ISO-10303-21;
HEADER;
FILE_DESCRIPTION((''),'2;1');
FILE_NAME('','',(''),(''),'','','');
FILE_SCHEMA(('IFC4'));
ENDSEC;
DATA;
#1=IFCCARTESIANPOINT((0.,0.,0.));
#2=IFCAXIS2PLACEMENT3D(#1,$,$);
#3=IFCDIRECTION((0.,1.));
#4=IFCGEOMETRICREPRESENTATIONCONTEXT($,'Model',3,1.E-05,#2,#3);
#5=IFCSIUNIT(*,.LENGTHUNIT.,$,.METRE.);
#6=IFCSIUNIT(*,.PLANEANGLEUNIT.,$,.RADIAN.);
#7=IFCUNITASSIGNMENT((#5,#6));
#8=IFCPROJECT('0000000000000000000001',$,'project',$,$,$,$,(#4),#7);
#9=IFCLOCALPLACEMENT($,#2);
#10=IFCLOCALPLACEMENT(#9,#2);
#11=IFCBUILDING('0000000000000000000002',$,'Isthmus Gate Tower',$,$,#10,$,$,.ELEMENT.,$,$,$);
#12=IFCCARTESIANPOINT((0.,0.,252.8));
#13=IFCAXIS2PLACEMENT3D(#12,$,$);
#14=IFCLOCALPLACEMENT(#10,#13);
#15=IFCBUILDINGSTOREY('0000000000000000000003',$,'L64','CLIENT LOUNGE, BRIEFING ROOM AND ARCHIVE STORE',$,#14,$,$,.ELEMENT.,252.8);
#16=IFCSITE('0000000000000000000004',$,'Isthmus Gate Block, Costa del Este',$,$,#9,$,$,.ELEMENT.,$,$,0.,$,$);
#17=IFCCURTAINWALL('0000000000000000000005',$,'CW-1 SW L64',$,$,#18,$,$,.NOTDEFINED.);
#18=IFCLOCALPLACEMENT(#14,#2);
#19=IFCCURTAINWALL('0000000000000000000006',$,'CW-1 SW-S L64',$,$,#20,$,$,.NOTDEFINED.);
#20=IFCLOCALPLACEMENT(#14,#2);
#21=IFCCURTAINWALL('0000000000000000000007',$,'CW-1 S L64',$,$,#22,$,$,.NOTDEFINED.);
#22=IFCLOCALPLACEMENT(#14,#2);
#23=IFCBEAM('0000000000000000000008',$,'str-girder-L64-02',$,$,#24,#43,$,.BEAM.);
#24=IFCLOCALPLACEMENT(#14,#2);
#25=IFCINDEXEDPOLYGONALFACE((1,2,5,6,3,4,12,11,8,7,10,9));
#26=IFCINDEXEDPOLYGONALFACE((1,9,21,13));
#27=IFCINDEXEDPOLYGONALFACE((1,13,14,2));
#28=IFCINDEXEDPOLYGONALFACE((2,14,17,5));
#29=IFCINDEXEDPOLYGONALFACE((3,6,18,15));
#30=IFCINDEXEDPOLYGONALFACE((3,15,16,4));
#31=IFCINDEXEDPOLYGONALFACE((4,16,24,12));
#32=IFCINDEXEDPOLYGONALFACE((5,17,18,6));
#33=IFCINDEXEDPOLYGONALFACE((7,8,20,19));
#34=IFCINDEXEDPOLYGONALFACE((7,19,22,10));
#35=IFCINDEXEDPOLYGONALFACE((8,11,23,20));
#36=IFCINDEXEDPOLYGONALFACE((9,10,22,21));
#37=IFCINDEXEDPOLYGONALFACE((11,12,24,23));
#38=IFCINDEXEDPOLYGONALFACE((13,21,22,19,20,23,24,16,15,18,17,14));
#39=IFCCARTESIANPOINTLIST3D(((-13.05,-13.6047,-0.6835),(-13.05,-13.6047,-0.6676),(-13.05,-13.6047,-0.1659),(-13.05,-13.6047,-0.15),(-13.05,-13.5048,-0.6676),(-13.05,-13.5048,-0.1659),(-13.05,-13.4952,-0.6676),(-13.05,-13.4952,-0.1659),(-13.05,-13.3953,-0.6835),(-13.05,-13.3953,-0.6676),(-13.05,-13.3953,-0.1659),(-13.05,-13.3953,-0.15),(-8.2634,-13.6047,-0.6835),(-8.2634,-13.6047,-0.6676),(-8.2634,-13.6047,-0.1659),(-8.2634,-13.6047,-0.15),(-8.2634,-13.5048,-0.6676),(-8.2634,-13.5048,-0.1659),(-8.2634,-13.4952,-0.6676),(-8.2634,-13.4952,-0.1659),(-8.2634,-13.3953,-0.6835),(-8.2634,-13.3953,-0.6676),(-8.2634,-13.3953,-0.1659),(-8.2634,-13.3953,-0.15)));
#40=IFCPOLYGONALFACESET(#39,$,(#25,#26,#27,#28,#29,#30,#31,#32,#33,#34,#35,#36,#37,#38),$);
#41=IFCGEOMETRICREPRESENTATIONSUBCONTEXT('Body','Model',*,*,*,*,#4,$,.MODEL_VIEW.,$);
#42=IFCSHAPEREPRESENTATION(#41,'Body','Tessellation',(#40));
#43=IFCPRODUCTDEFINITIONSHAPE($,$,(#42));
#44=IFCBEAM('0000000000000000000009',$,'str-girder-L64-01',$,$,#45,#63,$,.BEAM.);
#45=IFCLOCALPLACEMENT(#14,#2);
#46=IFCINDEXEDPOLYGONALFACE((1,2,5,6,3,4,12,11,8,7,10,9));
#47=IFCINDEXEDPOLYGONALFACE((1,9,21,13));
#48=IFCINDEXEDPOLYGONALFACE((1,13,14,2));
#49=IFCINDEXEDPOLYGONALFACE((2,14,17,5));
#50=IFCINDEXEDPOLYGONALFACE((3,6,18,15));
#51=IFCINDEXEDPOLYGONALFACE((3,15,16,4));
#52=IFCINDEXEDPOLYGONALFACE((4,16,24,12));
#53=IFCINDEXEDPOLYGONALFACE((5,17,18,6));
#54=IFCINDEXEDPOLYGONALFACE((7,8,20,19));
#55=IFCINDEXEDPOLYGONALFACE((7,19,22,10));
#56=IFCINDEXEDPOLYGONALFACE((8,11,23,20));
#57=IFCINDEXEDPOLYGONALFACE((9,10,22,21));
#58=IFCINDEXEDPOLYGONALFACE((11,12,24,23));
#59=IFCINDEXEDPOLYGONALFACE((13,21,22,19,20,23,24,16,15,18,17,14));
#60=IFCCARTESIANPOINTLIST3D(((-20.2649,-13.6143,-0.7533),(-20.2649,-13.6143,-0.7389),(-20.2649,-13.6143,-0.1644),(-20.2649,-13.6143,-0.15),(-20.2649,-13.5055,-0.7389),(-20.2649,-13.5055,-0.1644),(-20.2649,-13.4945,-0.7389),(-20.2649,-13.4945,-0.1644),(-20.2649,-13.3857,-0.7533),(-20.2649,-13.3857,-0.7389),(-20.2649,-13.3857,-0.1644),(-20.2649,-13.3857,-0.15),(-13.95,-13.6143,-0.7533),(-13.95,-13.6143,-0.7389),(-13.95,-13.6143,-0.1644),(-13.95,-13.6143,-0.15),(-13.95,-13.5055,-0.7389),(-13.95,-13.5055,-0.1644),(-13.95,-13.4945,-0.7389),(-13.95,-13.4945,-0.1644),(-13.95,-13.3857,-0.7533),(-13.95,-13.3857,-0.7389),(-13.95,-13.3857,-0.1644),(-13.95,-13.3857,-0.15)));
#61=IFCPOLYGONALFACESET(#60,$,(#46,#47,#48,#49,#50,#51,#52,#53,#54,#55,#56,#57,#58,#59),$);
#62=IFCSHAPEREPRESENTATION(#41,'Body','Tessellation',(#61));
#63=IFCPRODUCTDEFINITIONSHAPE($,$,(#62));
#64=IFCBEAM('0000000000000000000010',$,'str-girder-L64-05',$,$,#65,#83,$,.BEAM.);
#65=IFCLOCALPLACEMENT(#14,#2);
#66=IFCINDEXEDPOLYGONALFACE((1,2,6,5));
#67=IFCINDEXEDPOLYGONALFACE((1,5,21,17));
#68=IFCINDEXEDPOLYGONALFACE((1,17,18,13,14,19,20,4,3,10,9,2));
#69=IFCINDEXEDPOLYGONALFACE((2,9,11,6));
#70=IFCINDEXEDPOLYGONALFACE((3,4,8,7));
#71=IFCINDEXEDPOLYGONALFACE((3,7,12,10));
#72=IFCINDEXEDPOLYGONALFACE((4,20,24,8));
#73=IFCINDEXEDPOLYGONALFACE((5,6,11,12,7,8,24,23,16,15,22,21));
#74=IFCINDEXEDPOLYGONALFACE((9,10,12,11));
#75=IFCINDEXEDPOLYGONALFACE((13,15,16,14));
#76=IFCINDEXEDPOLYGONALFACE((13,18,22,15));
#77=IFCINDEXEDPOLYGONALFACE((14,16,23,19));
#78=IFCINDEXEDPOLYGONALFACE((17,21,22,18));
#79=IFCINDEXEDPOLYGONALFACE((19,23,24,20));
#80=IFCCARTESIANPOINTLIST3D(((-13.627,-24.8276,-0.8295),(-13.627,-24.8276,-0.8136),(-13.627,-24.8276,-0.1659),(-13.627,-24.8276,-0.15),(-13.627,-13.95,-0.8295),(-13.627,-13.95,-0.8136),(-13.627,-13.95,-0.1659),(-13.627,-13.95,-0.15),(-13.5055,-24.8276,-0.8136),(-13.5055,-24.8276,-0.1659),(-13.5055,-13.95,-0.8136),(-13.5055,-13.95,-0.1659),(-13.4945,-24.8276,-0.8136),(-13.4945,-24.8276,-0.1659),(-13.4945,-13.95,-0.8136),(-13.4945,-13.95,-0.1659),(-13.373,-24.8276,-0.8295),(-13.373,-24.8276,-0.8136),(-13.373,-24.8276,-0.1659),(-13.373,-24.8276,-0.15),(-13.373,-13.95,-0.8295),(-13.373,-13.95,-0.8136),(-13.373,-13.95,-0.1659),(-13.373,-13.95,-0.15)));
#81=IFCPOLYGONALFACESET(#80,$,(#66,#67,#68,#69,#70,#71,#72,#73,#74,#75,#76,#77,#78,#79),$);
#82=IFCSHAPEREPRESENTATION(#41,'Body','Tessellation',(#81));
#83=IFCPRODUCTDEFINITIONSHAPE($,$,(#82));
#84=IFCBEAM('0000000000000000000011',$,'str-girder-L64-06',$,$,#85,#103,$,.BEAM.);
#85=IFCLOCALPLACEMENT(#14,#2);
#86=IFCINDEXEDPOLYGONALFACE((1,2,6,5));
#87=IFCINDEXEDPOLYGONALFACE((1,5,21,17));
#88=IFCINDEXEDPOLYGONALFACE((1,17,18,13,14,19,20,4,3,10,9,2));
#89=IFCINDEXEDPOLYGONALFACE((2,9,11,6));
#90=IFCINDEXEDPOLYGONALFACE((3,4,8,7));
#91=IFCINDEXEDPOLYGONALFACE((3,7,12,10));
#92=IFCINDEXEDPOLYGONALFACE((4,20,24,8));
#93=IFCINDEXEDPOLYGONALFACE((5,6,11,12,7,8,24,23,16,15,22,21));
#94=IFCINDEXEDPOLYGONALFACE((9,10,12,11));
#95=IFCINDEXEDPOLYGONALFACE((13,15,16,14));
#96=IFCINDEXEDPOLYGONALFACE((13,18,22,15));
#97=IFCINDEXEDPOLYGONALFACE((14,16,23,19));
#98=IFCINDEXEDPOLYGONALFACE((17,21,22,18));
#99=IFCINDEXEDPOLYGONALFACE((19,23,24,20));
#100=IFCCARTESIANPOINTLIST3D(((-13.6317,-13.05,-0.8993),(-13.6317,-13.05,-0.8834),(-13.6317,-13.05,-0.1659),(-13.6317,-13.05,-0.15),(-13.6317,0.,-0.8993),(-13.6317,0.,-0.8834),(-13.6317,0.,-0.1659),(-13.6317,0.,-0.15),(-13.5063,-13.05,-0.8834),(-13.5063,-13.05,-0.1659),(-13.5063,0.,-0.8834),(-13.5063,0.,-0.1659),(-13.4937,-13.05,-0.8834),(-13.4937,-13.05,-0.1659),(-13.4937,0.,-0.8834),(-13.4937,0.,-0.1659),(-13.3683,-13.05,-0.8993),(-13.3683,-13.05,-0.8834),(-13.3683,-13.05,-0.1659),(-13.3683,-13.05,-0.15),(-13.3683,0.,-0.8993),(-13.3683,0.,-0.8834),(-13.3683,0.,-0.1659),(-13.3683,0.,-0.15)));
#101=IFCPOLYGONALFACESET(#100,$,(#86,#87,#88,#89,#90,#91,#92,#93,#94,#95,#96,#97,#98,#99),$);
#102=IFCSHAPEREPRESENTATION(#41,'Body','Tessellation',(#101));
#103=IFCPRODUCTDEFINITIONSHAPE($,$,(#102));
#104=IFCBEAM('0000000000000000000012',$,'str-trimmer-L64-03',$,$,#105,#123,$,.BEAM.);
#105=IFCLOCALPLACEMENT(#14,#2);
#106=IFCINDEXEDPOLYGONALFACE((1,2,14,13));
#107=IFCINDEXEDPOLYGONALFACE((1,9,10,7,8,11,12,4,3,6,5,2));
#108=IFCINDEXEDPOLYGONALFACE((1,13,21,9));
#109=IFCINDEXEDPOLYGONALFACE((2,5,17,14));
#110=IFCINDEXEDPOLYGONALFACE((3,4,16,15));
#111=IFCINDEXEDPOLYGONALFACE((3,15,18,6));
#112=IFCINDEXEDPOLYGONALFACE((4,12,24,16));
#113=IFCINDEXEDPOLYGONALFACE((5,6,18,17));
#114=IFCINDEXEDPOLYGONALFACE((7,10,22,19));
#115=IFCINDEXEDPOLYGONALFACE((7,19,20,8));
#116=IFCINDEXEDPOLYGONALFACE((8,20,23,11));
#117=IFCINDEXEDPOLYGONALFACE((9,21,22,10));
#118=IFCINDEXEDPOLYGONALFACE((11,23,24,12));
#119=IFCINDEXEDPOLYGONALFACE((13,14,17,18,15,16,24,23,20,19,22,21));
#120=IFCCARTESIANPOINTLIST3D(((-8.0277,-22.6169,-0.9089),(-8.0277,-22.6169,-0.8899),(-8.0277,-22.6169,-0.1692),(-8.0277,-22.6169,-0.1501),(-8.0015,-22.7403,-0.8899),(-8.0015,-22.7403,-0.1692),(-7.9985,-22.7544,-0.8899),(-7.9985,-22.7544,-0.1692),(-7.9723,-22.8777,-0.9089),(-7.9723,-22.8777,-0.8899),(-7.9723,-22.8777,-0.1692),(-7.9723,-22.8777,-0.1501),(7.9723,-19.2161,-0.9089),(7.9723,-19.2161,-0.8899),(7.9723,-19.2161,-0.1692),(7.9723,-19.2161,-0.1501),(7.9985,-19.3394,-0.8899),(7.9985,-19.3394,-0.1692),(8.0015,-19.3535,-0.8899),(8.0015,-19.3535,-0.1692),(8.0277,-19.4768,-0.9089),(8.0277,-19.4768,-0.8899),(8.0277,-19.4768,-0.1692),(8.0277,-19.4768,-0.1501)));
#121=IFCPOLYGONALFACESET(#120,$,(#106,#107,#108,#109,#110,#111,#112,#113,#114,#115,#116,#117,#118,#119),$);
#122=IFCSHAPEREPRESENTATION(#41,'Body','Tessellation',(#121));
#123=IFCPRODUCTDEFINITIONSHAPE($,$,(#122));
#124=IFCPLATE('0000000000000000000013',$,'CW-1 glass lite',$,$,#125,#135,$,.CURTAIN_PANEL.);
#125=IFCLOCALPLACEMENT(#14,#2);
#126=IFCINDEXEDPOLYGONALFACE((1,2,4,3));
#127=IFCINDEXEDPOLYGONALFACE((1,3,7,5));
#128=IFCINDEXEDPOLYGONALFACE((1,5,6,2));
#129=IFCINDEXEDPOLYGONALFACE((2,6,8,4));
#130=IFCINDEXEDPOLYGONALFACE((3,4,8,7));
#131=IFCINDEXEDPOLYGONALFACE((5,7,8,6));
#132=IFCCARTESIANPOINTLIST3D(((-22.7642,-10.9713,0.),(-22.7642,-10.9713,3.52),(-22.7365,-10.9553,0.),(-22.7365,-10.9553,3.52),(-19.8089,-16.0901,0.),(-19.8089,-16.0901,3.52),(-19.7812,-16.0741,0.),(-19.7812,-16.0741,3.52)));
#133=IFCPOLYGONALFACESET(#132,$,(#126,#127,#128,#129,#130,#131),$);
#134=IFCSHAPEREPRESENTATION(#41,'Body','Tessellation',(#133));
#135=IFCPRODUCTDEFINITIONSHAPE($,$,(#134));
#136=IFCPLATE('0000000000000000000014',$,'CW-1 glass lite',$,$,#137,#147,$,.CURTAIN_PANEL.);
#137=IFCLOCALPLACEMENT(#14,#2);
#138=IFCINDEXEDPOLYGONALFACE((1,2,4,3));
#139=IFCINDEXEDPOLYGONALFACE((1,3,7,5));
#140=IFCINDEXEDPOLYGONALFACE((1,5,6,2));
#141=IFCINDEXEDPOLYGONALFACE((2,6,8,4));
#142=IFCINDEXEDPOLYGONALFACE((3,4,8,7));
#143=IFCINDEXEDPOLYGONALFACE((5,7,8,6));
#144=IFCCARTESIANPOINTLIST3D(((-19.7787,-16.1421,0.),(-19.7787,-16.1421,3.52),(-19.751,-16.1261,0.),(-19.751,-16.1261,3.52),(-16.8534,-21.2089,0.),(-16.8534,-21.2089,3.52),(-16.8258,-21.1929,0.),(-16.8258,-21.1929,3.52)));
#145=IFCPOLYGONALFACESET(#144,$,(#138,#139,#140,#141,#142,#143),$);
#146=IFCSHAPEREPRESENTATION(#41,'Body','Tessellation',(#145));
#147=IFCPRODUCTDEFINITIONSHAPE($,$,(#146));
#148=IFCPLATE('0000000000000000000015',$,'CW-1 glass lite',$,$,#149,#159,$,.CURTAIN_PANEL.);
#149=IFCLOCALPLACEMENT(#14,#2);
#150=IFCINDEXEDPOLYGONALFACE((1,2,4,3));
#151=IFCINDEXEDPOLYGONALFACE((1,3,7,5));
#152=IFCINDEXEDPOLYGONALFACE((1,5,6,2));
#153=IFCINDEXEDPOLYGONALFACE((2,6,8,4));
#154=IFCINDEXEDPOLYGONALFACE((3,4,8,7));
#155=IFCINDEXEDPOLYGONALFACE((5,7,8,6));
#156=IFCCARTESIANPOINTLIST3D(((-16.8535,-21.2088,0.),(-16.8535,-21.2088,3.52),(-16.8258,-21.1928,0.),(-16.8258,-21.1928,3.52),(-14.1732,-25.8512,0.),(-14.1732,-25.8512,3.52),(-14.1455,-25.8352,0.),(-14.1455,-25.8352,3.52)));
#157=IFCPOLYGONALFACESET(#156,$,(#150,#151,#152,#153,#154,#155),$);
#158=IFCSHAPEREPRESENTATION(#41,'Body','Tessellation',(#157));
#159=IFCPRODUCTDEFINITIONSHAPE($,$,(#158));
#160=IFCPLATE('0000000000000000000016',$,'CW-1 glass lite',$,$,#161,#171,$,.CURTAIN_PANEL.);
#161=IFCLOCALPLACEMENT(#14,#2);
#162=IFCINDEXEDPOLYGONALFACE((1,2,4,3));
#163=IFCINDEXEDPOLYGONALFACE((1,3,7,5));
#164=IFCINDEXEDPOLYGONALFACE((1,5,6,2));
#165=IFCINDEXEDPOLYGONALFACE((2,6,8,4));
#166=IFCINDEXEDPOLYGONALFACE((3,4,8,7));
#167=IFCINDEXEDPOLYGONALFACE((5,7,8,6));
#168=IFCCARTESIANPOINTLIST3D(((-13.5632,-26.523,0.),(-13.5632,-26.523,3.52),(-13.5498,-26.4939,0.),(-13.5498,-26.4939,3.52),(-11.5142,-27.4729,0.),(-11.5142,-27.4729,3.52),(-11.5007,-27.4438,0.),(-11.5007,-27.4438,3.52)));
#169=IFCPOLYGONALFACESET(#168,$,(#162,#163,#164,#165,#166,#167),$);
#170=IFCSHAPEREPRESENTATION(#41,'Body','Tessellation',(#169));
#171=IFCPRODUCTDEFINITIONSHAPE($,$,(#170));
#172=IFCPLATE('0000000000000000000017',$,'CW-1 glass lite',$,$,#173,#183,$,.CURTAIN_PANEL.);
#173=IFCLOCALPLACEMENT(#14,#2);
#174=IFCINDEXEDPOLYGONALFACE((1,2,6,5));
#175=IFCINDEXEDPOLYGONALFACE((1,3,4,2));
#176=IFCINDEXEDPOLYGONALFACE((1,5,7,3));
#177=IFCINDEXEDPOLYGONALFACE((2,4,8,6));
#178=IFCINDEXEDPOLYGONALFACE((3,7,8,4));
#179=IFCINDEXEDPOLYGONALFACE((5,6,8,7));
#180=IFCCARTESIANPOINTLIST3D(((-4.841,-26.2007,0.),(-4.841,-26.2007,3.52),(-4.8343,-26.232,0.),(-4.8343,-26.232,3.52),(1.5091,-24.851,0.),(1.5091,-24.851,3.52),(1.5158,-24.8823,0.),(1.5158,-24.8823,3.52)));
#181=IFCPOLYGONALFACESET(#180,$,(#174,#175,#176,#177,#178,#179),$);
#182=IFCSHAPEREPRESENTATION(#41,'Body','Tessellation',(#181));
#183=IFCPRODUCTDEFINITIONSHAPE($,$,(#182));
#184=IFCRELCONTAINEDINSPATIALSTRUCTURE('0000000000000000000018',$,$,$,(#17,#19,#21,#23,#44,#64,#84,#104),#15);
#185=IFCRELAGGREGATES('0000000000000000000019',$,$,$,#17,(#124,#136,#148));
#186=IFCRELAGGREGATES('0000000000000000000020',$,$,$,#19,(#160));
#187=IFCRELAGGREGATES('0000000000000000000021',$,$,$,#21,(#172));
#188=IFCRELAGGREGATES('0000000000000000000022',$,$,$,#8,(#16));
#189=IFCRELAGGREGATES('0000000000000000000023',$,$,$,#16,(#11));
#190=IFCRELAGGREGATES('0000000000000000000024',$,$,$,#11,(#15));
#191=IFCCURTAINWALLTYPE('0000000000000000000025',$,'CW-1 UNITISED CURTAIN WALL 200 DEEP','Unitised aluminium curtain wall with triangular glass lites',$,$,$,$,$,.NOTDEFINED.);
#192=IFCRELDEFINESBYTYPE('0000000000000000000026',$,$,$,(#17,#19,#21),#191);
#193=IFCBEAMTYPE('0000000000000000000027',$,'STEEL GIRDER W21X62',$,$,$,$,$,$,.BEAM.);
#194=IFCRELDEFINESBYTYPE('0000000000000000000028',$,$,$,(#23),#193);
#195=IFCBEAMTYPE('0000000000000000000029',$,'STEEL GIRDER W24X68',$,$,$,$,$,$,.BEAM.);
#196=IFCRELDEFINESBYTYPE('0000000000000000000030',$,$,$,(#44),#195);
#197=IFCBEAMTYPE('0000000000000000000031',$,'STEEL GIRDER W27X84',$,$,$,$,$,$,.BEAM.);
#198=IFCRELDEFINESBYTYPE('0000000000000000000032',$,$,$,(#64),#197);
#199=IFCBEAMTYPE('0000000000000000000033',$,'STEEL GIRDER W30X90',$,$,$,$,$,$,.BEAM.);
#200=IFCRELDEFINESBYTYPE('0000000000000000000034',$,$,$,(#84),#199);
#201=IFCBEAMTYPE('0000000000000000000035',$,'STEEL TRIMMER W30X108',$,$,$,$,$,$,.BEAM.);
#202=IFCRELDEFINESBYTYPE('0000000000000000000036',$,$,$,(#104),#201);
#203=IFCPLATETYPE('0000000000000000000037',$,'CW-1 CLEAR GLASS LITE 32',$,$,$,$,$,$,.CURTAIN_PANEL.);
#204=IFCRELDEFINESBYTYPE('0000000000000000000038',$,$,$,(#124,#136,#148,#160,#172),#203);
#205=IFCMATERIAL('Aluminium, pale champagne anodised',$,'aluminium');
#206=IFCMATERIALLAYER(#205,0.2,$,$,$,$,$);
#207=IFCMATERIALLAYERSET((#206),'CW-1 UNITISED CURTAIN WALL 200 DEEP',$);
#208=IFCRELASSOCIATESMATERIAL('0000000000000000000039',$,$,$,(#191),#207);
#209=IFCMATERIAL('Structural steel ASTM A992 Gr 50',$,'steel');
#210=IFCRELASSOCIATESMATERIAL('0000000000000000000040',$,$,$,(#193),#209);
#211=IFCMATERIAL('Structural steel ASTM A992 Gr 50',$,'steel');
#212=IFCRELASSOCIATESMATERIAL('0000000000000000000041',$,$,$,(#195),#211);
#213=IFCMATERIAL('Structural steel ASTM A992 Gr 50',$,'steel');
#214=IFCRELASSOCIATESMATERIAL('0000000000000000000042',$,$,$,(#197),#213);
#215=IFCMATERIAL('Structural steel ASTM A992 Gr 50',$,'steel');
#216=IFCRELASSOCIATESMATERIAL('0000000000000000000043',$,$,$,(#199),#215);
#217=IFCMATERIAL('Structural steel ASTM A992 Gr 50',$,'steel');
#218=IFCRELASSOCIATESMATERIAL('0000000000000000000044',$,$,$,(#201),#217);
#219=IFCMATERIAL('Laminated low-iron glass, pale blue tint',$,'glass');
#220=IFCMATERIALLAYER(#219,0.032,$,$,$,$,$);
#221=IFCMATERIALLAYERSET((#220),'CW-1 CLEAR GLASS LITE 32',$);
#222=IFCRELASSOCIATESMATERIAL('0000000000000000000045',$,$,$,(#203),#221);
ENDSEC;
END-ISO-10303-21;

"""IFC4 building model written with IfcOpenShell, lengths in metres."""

from ifc_helpers import new_model, si_unit, direction, frame, origin, origin_2d, place, context, subcontext, project, spatial, rectangle, i_section, extrude, material, layer, layer_set, material_profile, profile_set, type_object, element, aggregate, save


model = new_model("IFC4")

# Units and contexts
model_context = context("Model", 3, precision=1e-05, world=origin(), true_north=direction((0.0, 1.0)))
body_context = subcontext(model_context, "Body", "Model", "MODEL_VIEW")
ifc_project = project(units=[si_unit("LENGTHUNIT", "METRE"), si_unit("PLANEANGLEUNIT", "RADIAN")], contexts=[model_context])

# Site, building, storey
site_placement = place(None, origin())
site = spatial("IfcSite", under=ifc_project, at=site_placement, Name="Isthmus Gate Block, Costa del Este", CompositionType="ELEMENT", RefElevation=0.0)
building_placement = place(site_placement, origin())
building = spatial("IfcBuilding", under=site, at=building_placement, Name="Isthmus Gate Tower", CompositionType="ELEMENT")
storey_placement = place(building_placement, frame((0.0, 0.0, 252.8)))
storey = spatial("IfcBuildingStorey", under=building, at=storey_placement, Name="L64", Description="CLIENT LOUNGE, BRIEFING ROOM AND ARCHIVE STORE", CompositionType="ELEMENT", Elevation=252.8)

# Curtain walls
ifc_material_1 = material(Name="Aluminium, pale champagne anodised", Category="aluminium")
ifc_layer_1 = layer(ifc_material_1, 0.2)
ifc_layer_set_1 = layer_set([ifc_layer_1], Name="CW-1 UNITISED CURTAIN WALL 200 DEEP")
curtain_wall_type = type_object("IfcCurtainWallType", Name="CW-1 UNITISED CURTAIN WALL 200 DEEP", Description="Unitised aluminium curtain wall with triangular glass lites", PredefinedType="NOTDEFINED", material=ifc_layer_set_1)
curtain_wall_1_placement = place(storey_placement, origin())
curtain_wall_1 = element("IfcCurtainWall", 1, at=curtain_wall_1_placement, inside=storey, type_object=curtain_wall_type, Name="CW-1 SW L64", PredefinedType="NOTDEFINED")
curtain_wall_2_placement = place(storey_placement, origin())
curtain_wall_2 = element("IfcCurtainWall", 2, at=curtain_wall_2_placement, inside=storey, type_object=curtain_wall_type, Name="CW-1 SW-S L64", PredefinedType="NOTDEFINED")
curtain_wall_3_placement = place(storey_placement, origin())
curtain_wall_3 = element("IfcCurtainWall", 3, at=curtain_wall_3_placement, inside=storey, type_object=curtain_wall_type, Name="CW-1 S L64", PredefinedType="NOTDEFINED")

# Beams
ifc_material_2 = material(Name="Structural steel ASTM A992 Gr 50", Category="steel")
ifc_material_profile_1 = material_profile(ifc_material_2, i_section(OverallWidth=0.2095, OverallDepth=0.5334, WebThickness=0.0095, FlangeThickness=0.0159, at=origin_2d()), Name="W21X62")
ifc_profile_set_1 = profile_set([ifc_material_profile_1], Name="Structural steel ASTM A992 Gr 50")
beam_type_1 = type_object("IfcBeamType", Name="STEEL GIRDER W21X62", PredefinedType="BEAM", material=ifc_profile_set_1)
beam_1_placement = place(storey_placement, frame((-13.05, -13.5, -0.4167), z_axis=(1.0, 0.0, 0.0), x_axis=(0.0, 1.0, 0.0)))
element("IfcBeam", 4, at=beam_1_placement, inside=storey, type_object=beam_type_1, Name="str-girder-L64-02", PredefinedType="BEAM", context=body_context, shape_type="SweptSolid", body=[
    extrude(i_section(OverallWidth=0.2095, OverallDepth=0.5334, WebThickness=0.0095, FlangeThickness=0.0159, at=origin_2d()), origin(), (0.0, 0.0, 1.0), 4.7866),
])
ifc_material_3 = material(Name="Structural steel ASTM A992 Gr 50", Category="steel")
ifc_material_profile_2 = material_profile(ifc_material_3, i_section(OverallWidth=0.2285, OverallDepth=0.6033, WebThickness=0.011, FlangeThickness=0.0144, at=origin_2d()), Name="W24X68")
ifc_profile_set_2 = profile_set([ifc_material_profile_2], Name="Structural steel ASTM A992 Gr 50")
beam_type_2 = type_object("IfcBeamType", Name="STEEL GIRDER W24X68", PredefinedType="BEAM", material=ifc_profile_set_2)
beam_2_placement = place(storey_placement, frame((-20.2649, -13.5, -0.4517), z_axis=(1.0, 0.0, 0.0), x_axis=(0.0, 1.0, 0.0)))
element("IfcBeam", 5, at=beam_2_placement, inside=storey, type_object=beam_type_2, Name="str-girder-L64-01", PredefinedType="BEAM", context=body_context, shape_type="SweptSolid", body=[
    extrude(i_section(OverallWidth=0.2285, OverallDepth=0.6033, WebThickness=0.011, FlangeThickness=0.0144, at=origin_2d()), origin(), (0.0, 0.0, 1.0), 6.3149),
])
ifc_material_4 = material(Name="Structural steel ASTM A992 Gr 50", Category="steel")
ifc_material_profile_3 = material_profile(ifc_material_4, i_section(OverallWidth=0.2539, OverallDepth=0.6794, WebThickness=0.011, FlangeThickness=0.0159, at=origin_2d()), Name="W27X84")
ifc_profile_set_3 = profile_set([ifc_material_profile_3], Name="Structural steel ASTM A992 Gr 50")
beam_type_3 = type_object("IfcBeamType", Name="STEEL GIRDER W27X84", PredefinedType="BEAM", material=ifc_profile_set_3)
beam_3_placement = place(storey_placement, frame((-13.5, -24.8276, -0.4897), z_axis=(0.0, 1.0, 0.0), x_axis=(-1.0, 0.0, 0.0)))
element("IfcBeam", 6, at=beam_3_placement, inside=storey, type_object=beam_type_3, Name="str-girder-L64-05", PredefinedType="BEAM", context=body_context, shape_type="SweptSolid", body=[
    extrude(i_section(OverallWidth=0.2539, OverallDepth=0.6794, WebThickness=0.011, FlangeThickness=0.0159, at=origin_2d()), origin(), (0.0, 0.0, 1.0), 10.8777),
])
ifc_material_5 = material(Name="Structural steel ASTM A992 Gr 50", Category="steel")
ifc_material_profile_4 = material_profile(ifc_material_5, i_section(OverallWidth=0.2634, OverallDepth=0.7493, WebThickness=0.0127, FlangeThickness=0.0159, at=origin_2d()), Name="W30X90")
ifc_profile_set_4 = profile_set([ifc_material_profile_4], Name="Structural steel ASTM A992 Gr 50")
beam_type_4 = type_object("IfcBeamType", Name="STEEL GIRDER W30X90", PredefinedType="BEAM", material=ifc_profile_set_4)
beam_4_placement = place(storey_placement, frame((-13.5, -13.05, -0.5247), z_axis=(0.0, 1.0, 0.0), x_axis=(-1.0, 0.0, 0.0)))
element("IfcBeam", 7, at=beam_4_placement, inside=storey, type_object=beam_type_4, Name="str-girder-L64-06", PredefinedType="BEAM", context=body_context, shape_type="SweptSolid", body=[
    extrude(i_section(OverallWidth=0.2634, OverallDepth=0.7493, WebThickness=0.0127, FlangeThickness=0.0159, at=origin_2d()), origin(), (0.0, 0.0, 1.0), 13.05),
])
ifc_material_6 = material(Name="Structural steel ASTM A992 Gr 50", Category="steel")
ifc_material_profile_5 = material_profile(ifc_material_6, i_section(OverallWidth=0.2666, OverallDepth=0.7588, WebThickness=0.0144, FlangeThickness=0.019, at=origin_2d()), Name="W30X108")
ifc_profile_set_5 = profile_set([ifc_material_profile_5], Name="Structural steel ASTM A992 Gr 50")
beam_type_5 = type_object("IfcBeamType", Name="STEEL TRIMMER W30X108", PredefinedType="BEAM", material=ifc_profile_set_5)
beam_5_placement = place(storey_placement, frame((-8.0, -22.7473, -0.5295), z_axis=(0.978148, 0.20791, 0.0), x_axis=(-0.20791, 0.978148, 0.0)))
element("IfcBeam", 8, at=beam_5_placement, inside=storey, type_object=beam_type_5, Name="str-trimmer-L64-03", PredefinedType="BEAM", context=body_context, shape_type="SweptSolid", body=[
    extrude(i_section(OverallWidth=0.2666, OverallDepth=0.7588, WebThickness=0.0144, FlangeThickness=0.019, at=origin_2d()), origin(), (0.0, 0.0, 1.0), 16.3574),
])

# Plates
ifc_material_7 = material(Name="Laminated low-iron glass, pale blue tint", Category="glass")
ifc_layer_2 = layer(ifc_material_7, 0.032)
ifc_layer_set_2 = layer_set([ifc_layer_2], Name="CW-1 CLEAR GLASS LITE 32")
plate_type = type_object("IfcPlateType", Name="CW-1 CLEAR GLASS LITE 32", PredefinedType="CURTAIN_PANEL", material=ifc_layer_set_2)
plate_1_placement = place(storey_placement, frame((-21.2727, -13.5227, 0.0), z_axis=(0.0, 0.0, 1.0), x_axis=(0.5, -0.866025, 0.0)))
plate_1 = element("IfcPlate", 9, at=plate_1_placement, type_object=plate_type, Name="CW-1 glass lite", PredefinedType="CURTAIN_PANEL", context=body_context, shape_type="SweptSolid", body=[
    extrude(rectangle(XDim=5.9106, YDim=0.032, at=origin_2d()), origin(), (0.0, 0.0, 1.0), 3.52),
])
plate_2_placement = place(storey_placement, frame((-18.3022, -18.6675, 0.0), z_axis=(0.0, 0.0, 1.0), x_axis=(0.5, -0.866025, 0.0)))
plate_2 = element("IfcPlate", 10, at=plate_2_placement, type_object=plate_type, Name="CW-1 glass lite", PredefinedType="CURTAIN_PANEL", context=body_context, shape_type="SweptSolid", body=[
    extrude(rectangle(XDim=5.8506, YDim=0.032, at=origin_2d()), origin(), (0.0, 0.0, 1.0), 3.52),
])
plate_3_placement = place(storey_placement, frame((-15.4995, -23.522, 0.0), z_axis=(0.0, 0.0, 1.0), x_axis=(0.5, -0.866025, 0.0)))
plate_3 = element("IfcPlate", 11, at=plate_3_placement, type_object=plate_type, Name="CW-1 glass lite", PredefinedType="CURTAIN_PANEL", context=body_context, shape_type="SweptSolid", body=[
    extrude(rectangle(XDim=5.3606, YDim=0.032, at=origin_2d()), origin(), (0.0, 0.0, 1.0), 3.52),
])
aggregate(curtain_wall_1, [plate_1, plate_2, plate_3])
plate_4_placement = place(storey_placement, frame((-12.532, -26.9834, 0.0), z_axis=(0.0, 0.0, 1.0), x_axis=(0.907256, -0.420578, 0.0)))
plate_4 = element("IfcPlate", 12, at=plate_4_placement, type_object=plate_type, Name="CW-1 glass lite", PredefinedType="CURTAIN_PANEL", context=body_context, shape_type="SweptSolid", body=[
    extrude(rectangle(XDim=2.2585, YDim=0.032, at=origin_2d()), origin(), (0.0, 0.0, 1.0), 3.52),
])
aggregate(curtain_wall_2, [plate_4])
plate_5_placement = place(storey_placement, frame((-1.6626, -25.5415, 0.0), z_axis=(0.0, 0.0, 1.0), x_axis=(0.978148, 0.207912, 0.0)))
plate_5 = element("IfcPlate", 13, at=plate_5_placement, type_object=plate_type, Name="CW-1 glass lite", PredefinedType="CURTAIN_PANEL", context=body_context, shape_type="SweptSolid", body=[
    extrude(rectangle(XDim=6.4919, YDim=0.032, at=origin_2d()), origin(), (0.0, 0.0, 1.0), 3.52),
])

aggregate(curtain_wall_3, [plate_5])

save(model, "model.ifc")
